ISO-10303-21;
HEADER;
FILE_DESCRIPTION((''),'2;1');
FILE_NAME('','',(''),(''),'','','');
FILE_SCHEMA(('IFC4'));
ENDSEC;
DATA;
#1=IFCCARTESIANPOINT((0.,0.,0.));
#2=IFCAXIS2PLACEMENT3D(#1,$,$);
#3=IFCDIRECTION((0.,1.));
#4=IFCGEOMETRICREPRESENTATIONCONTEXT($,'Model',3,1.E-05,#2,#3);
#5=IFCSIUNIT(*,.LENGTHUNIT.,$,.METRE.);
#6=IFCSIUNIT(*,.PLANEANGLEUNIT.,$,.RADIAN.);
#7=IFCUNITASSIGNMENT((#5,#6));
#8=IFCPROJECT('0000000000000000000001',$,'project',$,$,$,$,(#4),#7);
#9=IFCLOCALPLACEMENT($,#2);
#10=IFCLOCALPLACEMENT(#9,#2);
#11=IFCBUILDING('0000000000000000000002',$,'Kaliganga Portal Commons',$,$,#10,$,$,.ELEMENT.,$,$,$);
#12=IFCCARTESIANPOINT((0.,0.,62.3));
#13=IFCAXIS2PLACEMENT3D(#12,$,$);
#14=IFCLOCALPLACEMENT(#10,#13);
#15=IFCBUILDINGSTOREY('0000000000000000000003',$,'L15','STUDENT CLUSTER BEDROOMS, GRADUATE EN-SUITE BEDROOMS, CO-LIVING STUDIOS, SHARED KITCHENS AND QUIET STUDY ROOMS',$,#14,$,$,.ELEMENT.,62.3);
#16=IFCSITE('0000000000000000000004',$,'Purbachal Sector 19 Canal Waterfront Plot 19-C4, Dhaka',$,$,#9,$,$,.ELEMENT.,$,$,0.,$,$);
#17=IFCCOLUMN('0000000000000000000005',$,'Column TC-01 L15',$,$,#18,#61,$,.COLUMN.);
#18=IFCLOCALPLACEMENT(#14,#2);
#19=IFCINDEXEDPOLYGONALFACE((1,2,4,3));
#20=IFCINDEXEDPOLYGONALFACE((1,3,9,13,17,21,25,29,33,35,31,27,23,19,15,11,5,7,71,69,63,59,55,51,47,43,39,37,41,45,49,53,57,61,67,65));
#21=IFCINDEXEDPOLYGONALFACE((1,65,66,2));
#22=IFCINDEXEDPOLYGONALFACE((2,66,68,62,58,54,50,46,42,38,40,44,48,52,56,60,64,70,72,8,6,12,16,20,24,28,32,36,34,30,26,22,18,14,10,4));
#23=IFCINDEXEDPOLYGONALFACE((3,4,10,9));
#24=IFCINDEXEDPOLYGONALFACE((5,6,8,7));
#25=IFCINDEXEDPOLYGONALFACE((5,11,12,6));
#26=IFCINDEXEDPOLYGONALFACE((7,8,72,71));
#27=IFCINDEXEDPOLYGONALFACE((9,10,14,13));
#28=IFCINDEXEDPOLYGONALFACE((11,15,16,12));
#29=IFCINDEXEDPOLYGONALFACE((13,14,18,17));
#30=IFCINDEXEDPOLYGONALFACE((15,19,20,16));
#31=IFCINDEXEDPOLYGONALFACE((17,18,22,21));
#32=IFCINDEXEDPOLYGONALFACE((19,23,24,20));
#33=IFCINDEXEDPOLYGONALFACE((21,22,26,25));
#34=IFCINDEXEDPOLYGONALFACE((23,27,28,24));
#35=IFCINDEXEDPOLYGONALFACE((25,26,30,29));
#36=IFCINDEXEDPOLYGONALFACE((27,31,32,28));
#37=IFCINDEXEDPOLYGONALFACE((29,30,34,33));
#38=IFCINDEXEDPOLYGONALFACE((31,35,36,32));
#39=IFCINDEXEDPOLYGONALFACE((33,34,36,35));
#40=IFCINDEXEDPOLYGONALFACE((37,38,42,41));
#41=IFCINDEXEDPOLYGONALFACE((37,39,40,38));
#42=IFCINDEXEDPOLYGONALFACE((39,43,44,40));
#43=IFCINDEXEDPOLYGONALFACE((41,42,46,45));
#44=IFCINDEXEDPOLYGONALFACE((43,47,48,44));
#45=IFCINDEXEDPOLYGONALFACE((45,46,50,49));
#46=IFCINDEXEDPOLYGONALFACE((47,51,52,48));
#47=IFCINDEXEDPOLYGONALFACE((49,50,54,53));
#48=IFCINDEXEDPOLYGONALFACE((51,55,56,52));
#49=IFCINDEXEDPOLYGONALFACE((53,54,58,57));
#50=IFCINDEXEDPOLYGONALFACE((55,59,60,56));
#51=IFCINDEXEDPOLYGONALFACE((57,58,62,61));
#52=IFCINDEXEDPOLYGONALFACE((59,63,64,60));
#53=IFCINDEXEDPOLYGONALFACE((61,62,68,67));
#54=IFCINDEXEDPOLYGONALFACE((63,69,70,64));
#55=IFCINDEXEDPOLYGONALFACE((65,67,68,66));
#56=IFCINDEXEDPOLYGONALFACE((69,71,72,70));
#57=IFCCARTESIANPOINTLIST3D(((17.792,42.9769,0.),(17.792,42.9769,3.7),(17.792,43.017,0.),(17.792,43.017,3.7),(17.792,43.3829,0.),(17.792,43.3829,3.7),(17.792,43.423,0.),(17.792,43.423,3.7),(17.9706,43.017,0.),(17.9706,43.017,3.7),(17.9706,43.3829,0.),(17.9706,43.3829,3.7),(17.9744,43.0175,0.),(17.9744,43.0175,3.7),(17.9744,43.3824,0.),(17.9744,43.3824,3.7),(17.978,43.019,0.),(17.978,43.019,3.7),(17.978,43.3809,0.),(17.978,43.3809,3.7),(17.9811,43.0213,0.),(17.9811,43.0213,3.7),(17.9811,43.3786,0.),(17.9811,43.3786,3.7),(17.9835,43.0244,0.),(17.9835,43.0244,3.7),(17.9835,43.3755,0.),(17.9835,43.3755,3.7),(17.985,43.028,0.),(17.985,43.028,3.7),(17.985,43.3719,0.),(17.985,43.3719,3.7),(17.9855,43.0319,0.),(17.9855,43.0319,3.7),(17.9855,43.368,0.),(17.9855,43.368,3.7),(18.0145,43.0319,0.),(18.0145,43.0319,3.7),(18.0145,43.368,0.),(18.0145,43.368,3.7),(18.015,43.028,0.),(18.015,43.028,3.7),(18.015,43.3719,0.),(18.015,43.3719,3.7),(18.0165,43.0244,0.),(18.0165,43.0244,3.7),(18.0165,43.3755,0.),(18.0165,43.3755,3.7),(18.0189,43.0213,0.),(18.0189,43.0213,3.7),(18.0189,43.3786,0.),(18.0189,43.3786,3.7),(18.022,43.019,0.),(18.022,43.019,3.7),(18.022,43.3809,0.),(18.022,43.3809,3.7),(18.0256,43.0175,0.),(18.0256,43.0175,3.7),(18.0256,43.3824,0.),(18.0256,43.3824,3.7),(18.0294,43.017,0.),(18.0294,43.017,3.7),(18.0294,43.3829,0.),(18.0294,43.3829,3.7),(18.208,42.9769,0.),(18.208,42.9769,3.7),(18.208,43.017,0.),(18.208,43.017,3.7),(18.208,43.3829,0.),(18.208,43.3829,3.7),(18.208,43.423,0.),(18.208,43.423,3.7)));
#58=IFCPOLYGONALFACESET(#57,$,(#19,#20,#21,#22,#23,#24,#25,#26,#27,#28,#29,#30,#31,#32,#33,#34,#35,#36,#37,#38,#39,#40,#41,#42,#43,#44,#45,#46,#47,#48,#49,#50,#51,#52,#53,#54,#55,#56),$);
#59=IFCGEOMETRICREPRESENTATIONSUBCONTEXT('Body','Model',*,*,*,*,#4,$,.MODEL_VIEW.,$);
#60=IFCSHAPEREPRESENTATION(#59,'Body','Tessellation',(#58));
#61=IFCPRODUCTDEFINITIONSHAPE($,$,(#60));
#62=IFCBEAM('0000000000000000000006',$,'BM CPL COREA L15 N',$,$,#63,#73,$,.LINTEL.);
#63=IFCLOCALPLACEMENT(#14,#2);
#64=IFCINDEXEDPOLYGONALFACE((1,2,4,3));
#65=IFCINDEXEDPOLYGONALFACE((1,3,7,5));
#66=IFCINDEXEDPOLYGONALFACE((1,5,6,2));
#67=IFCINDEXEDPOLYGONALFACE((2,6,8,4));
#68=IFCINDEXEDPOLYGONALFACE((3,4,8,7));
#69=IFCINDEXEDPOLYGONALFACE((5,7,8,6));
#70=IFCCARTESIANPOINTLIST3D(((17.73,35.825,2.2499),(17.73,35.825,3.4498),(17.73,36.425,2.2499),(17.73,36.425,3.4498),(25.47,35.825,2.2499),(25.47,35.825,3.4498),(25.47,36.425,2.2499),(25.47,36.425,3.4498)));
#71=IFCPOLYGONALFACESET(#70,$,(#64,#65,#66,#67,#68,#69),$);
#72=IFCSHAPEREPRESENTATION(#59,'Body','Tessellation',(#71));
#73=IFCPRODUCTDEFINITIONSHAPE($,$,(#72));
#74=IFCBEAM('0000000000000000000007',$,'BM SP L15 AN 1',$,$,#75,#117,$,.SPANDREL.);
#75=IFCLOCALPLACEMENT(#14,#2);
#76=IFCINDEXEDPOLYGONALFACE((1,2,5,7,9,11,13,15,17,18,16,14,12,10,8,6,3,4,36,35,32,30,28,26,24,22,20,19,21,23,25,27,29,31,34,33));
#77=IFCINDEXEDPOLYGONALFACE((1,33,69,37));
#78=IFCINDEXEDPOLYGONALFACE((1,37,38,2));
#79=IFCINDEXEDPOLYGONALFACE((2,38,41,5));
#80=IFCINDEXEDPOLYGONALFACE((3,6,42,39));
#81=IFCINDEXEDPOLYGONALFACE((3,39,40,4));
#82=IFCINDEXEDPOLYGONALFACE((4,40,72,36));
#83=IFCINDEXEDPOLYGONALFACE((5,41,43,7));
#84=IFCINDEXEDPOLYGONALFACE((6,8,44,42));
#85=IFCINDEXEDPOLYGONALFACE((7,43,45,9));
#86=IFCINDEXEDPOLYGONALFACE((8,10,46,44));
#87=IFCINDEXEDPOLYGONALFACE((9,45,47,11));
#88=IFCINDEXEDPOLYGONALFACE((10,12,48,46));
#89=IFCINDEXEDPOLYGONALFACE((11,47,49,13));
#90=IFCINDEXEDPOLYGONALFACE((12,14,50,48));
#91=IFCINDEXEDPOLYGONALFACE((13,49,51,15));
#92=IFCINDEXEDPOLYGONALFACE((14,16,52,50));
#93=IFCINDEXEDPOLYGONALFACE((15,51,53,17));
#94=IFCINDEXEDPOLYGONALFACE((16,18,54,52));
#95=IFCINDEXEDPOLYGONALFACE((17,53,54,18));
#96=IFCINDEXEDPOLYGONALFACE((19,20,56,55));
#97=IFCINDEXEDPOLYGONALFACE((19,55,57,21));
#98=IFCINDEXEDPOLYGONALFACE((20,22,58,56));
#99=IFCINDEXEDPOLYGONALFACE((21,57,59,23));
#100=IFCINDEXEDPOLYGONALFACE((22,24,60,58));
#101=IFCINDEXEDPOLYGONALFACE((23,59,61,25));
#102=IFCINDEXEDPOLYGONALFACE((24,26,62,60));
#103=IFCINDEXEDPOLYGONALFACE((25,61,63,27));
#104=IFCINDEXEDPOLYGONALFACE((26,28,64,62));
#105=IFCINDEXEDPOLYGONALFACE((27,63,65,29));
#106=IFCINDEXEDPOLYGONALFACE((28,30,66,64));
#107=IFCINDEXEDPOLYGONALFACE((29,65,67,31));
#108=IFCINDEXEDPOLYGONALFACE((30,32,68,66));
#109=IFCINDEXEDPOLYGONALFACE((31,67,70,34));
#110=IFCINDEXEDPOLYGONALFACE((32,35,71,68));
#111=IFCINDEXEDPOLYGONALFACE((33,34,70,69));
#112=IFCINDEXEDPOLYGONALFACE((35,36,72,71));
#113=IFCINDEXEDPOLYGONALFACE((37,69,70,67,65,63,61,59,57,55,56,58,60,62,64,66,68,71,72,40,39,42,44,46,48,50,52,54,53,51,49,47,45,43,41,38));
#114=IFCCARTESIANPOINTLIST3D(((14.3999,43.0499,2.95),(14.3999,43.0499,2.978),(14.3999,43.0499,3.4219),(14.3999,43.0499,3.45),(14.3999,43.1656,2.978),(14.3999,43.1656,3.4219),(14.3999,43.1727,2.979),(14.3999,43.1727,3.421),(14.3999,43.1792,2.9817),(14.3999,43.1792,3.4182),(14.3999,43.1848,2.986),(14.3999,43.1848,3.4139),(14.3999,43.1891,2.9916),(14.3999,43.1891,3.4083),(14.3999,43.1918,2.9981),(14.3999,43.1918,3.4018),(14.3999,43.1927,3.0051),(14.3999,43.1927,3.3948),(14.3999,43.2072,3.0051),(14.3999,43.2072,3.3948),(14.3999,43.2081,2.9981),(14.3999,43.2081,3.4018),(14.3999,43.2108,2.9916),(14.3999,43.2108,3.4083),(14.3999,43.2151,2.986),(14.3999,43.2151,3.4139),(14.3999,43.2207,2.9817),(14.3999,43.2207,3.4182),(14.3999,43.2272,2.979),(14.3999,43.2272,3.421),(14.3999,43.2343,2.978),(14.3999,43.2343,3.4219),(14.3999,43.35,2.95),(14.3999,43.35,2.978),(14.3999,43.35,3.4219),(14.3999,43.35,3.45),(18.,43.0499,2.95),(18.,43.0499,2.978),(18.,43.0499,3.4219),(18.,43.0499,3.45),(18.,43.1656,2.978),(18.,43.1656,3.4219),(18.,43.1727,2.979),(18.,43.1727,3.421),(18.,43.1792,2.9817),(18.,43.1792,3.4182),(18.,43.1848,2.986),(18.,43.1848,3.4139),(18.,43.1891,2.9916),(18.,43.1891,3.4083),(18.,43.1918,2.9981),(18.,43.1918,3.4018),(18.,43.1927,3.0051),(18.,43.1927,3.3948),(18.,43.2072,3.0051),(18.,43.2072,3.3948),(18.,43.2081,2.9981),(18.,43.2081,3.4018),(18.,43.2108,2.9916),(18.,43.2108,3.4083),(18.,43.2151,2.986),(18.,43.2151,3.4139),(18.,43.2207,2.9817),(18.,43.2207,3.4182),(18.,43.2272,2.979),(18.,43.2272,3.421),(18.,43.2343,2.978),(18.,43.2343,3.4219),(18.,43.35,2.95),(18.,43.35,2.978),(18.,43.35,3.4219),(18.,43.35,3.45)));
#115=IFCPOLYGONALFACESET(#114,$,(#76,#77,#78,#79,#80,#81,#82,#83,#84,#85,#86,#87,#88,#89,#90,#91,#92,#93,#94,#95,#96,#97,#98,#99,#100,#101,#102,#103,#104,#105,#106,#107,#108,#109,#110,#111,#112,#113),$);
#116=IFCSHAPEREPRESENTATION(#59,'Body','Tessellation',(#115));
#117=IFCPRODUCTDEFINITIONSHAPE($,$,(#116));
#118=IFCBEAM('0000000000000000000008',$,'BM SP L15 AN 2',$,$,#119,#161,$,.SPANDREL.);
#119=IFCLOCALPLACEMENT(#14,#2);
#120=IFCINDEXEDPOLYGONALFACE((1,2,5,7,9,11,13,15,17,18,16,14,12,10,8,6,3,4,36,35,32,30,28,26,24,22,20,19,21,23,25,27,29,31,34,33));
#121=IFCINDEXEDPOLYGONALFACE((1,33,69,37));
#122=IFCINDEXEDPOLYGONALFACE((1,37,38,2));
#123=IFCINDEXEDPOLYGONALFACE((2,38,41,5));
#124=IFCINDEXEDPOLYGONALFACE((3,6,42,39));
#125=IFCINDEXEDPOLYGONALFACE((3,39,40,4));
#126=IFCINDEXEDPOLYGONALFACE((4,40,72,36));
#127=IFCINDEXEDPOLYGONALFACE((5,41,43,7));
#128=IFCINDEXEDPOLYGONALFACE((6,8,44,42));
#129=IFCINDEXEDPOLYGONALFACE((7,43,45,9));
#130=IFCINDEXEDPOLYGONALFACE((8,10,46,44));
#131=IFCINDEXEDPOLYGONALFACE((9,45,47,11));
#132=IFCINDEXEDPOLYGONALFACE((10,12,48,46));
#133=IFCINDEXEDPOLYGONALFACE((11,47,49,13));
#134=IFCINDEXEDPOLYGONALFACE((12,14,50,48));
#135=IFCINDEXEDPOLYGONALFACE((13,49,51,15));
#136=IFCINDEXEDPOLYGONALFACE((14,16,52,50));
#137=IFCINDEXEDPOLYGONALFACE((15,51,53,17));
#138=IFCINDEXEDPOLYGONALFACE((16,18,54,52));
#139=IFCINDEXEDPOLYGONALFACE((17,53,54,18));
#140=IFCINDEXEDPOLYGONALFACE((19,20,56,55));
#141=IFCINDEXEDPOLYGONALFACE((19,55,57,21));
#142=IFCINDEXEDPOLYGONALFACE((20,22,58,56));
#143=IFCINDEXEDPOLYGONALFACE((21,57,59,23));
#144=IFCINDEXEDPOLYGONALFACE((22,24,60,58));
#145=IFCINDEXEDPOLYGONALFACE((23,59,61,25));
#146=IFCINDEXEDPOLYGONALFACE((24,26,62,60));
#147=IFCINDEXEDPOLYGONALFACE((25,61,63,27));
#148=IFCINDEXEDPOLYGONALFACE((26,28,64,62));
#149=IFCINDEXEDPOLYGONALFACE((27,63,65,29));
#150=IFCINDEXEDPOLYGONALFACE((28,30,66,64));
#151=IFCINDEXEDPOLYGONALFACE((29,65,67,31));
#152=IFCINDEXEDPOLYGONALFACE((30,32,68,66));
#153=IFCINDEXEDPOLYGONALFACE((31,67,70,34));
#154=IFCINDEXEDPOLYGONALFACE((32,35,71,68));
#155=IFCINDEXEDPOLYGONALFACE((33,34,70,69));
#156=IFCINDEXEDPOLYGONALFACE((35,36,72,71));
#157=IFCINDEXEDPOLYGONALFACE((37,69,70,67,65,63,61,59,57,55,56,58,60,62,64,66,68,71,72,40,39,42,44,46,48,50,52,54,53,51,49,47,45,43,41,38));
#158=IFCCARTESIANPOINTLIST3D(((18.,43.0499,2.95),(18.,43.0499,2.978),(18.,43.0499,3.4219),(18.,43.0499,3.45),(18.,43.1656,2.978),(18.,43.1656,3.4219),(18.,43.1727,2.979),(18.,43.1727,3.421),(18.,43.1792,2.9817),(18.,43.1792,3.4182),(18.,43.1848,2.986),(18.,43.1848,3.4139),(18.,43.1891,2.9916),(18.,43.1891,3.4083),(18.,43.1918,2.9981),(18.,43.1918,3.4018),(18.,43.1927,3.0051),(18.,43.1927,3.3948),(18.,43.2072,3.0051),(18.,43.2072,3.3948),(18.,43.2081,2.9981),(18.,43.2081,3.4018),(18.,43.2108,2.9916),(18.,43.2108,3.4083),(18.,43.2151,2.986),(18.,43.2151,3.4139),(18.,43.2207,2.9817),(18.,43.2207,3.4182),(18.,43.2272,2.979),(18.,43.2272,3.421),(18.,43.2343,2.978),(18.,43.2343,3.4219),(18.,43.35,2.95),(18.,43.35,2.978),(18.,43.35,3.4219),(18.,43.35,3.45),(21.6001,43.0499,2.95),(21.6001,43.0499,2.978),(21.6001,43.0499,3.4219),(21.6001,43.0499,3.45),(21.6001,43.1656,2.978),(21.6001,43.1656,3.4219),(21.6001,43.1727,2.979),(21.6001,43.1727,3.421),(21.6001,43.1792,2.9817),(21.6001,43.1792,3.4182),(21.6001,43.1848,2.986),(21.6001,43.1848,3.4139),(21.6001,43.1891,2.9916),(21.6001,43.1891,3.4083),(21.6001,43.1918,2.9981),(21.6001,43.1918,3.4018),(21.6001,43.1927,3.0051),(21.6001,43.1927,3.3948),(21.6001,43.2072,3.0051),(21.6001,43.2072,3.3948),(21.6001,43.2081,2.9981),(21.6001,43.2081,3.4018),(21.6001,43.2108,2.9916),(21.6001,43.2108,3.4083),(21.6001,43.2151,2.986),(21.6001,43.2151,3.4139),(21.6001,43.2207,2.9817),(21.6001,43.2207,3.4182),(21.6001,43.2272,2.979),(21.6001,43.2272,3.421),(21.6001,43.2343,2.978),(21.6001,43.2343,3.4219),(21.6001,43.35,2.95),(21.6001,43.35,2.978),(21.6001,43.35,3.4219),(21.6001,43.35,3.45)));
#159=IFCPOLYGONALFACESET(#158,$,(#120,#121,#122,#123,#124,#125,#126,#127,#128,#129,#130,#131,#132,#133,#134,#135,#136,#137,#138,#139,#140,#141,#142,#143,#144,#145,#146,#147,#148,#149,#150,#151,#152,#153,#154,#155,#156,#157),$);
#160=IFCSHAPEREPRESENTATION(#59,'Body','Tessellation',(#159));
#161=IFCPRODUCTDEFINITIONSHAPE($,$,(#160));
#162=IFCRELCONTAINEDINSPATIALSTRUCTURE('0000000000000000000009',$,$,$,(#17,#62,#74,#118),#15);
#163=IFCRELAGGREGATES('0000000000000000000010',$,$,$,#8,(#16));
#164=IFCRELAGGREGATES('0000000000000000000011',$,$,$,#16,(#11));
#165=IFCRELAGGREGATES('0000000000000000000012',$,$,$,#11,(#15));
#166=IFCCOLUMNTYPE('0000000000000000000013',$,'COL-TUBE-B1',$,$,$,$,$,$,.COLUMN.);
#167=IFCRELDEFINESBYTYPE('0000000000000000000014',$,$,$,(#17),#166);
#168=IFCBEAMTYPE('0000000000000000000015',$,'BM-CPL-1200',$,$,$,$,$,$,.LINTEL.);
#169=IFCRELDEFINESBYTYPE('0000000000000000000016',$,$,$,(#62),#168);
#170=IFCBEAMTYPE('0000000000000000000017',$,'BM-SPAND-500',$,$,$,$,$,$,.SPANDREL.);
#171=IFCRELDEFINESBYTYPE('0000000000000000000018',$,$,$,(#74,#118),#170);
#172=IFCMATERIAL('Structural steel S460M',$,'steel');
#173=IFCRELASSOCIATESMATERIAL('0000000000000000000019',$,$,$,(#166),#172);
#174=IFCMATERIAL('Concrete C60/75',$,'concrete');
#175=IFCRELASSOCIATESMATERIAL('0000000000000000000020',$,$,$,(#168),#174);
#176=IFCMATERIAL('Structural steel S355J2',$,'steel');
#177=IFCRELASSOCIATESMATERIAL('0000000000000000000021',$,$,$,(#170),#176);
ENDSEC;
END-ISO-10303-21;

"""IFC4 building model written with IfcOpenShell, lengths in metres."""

from ifc_helpers import new_model, si_unit, direction, frame, origin, origin_2d, place, context, subcontext, project, spatial, rectangle, i_section, extrude, source, transform, mapped, material, material_profile, profile_set, type_object, element, save


model = new_model("IFC4")

# Units and contexts
model_context = context("Model", 3, precision=1e-05, world=origin(), true_north=direction((0.0, 1.0)))
body_context = subcontext(model_context, "Body", "Model", "MODEL_VIEW")
ifc_project = project(units=[si_unit("LENGTHUNIT", "METRE"), si_unit("PLANEANGLEUNIT", "RADIAN")], contexts=[model_context])

# Site, building, storey
site_placement = place(None, origin())
site = spatial("IfcSite", under=ifc_project, at=site_placement, Name="Purbachal Sector 19 Canal Waterfront Plot 19-C4, Dhaka", CompositionType="ELEMENT", RefElevation=0.0)
building_placement = place(site_placement, origin())
building = spatial("IfcBuilding", under=site, at=building_placement, Name="Kaliganga Portal Commons", CompositionType="ELEMENT")
storey_placement = place(building_placement, frame((0.0, 0.0, 62.3)))
storey = spatial("IfcBuildingStorey", under=building, at=storey_placement, Name="L15", Description="STUDENT CLUSTER BEDROOMS, GRADUATE EN-SUITE BEDROOMS, CO-LIVING STUDIOS, SHARED KITCHENS AND QUIET STUDY ROOMS", CompositionType="ELEMENT", Elevation=62.3)

# Column
ifc_material_1 = material(Name="Structural steel S460M", Category="steel")
ifc_material_profile_1 = material_profile(ifc_material_1, i_section(OverallWidth=0.416, OverallDepth=0.446, WebThickness=0.0291, FlangeThickness=0.04, FilletRadius=0.0149, at=origin_2d()), Name="HD 400x509")
ifc_profile_set_1 = profile_set([ifc_material_profile_1], Name="Structural steel S460M wide-flange")
column_type = type_object("IfcColumnType", Name="COL-TUBE-B1", PredefinedType="COLUMN", material=ifc_profile_set_1)
shared_shape_1 = source(origin(), body_context, "Body", "SweptSolid", [
    extrude(i_section(OverallWidth=0.416, OverallDepth=0.446, WebThickness=0.0291, FlangeThickness=0.04, FilletRadius=0.0149, at=origin_2d()), origin(), (0.0, 0.0, 1.0), 3.7),
])
column_placement = place(storey_placement, frame((18.0, 43.2, 0.0), z_axis=(0.0, 0.0, 1.0), x_axis=(1.0, 0.0, 0.0)))
element("IfcColumn", 1, at=column_placement, inside=storey, type_object=column_type, Name="Column TC-01 L15", PredefinedType="COLUMN", context=body_context, shape_type="MappedRepresentation", body=[
    mapped(shared_shape_1, transform((0.0, 0.0, 0.0), x_axis=(1.0, 0.0, 0.0), y_axis=(0.0, 1.0, 0.0), z_axis=(0.0, 0.0, 1.0), scale=1.0)),
])

# Beams
ifc_material_2 = material(Name="Concrete C60/75", Category="concrete")
ifc_material_profile_2 = material_profile(ifc_material_2, rectangle(XDim=0.6001, YDim=1.2, at=origin_2d()), Name="RC 600x1200")
ifc_profile_set_2 = profile_set([ifc_material_profile_2], Name="Concrete C60/75")
beam_type_1 = type_object("IfcBeamType", Name="BM-CPL-1200", PredefinedType="LINTEL", material=ifc_profile_set_2)
shared_shape_2 = source(origin(), body_context, "Body", "SweptSolid", [
    extrude(rectangle(XDim=0.6001, YDim=1.2, at=origin_2d()), origin(), (0.0, 0.0, 1.0), 7.74),
])
beam_1_placement = place(storey_placement, frame((17.73, 36.125, 2.8499), z_axis=(1.0, 0.0, 0.0), x_axis=(0.0, 1.0, 0.0)))
element("IfcBeam", 2, at=beam_1_placement, inside=storey, type_object=beam_type_1, Name="BM CPL COREA L15 N", PredefinedType="LINTEL", context=body_context, shape_type="MappedRepresentation", body=[
    mapped(shared_shape_2, transform((0.0, 0.0, 0.0), x_axis=(1.0, 0.0, 0.0), y_axis=(0.0, 1.0, 0.0), z_axis=(0.0, 0.0, 1.0), scale=1.0)),
])
ifc_material_3 = material(Name="Structural steel S355J2", Category="steel")
ifc_material_profile_3 = material_profile(ifc_material_3, i_section(OverallWidth=0.3, OverallDepth=0.5, WebThickness=0.0144, FlangeThickness=0.0281, FilletRadius=0.0271, at=origin_2d()), Name="HE 500 B")
ifc_profile_set_3 = profile_set([ifc_material_profile_3], Name="Structural steel S355J2 wide-flange")
beam_type_2 = type_object("IfcBeamType", Name="BM-SPAND-500", PredefinedType="SPANDREL", material=ifc_profile_set_3)
shared_shape_3 = source(origin(), body_context, "Body", "SweptSolid", [
    extrude(i_section(OverallWidth=0.3, OverallDepth=0.5, WebThickness=0.0144, FlangeThickness=0.0281, FilletRadius=0.0271, at=origin_2d()), origin(), (0.0, 0.0, 1.0), 3.6001),
])
for number, where, z_axis, x_axis, name in (
    (3, (14.3999, 43.2, 3.2), (1.0, 0.0, 0.0), (0.0, 1.0, 0.0), "BM SP L15 AN 1"),
    (4, (18.0, 43.2, 3.2), (1.0, 0.0, 0.0), (0.0, 1.0, 0.0), "BM SP L15 AN 2"),
):
    element("IfcBeam", number, at=place(storey_placement, frame(where, z_axis=z_axis, x_axis=x_axis)), inside=storey, type_object=beam_type_2, Name=name, PredefinedType="SPANDREL", context=body_context, shape_type="MappedRepresentation", body=[
        mapped(shared_shape_3, transform((0.0, 0.0, 0.0), x_axis=(1.0, 0.0, 0.0), y_axis=(0.0, 1.0, 0.0), z_axis=(0.0, 0.0, 1.0), scale=1.0)),
    ])

save(model, "model.ifc")
